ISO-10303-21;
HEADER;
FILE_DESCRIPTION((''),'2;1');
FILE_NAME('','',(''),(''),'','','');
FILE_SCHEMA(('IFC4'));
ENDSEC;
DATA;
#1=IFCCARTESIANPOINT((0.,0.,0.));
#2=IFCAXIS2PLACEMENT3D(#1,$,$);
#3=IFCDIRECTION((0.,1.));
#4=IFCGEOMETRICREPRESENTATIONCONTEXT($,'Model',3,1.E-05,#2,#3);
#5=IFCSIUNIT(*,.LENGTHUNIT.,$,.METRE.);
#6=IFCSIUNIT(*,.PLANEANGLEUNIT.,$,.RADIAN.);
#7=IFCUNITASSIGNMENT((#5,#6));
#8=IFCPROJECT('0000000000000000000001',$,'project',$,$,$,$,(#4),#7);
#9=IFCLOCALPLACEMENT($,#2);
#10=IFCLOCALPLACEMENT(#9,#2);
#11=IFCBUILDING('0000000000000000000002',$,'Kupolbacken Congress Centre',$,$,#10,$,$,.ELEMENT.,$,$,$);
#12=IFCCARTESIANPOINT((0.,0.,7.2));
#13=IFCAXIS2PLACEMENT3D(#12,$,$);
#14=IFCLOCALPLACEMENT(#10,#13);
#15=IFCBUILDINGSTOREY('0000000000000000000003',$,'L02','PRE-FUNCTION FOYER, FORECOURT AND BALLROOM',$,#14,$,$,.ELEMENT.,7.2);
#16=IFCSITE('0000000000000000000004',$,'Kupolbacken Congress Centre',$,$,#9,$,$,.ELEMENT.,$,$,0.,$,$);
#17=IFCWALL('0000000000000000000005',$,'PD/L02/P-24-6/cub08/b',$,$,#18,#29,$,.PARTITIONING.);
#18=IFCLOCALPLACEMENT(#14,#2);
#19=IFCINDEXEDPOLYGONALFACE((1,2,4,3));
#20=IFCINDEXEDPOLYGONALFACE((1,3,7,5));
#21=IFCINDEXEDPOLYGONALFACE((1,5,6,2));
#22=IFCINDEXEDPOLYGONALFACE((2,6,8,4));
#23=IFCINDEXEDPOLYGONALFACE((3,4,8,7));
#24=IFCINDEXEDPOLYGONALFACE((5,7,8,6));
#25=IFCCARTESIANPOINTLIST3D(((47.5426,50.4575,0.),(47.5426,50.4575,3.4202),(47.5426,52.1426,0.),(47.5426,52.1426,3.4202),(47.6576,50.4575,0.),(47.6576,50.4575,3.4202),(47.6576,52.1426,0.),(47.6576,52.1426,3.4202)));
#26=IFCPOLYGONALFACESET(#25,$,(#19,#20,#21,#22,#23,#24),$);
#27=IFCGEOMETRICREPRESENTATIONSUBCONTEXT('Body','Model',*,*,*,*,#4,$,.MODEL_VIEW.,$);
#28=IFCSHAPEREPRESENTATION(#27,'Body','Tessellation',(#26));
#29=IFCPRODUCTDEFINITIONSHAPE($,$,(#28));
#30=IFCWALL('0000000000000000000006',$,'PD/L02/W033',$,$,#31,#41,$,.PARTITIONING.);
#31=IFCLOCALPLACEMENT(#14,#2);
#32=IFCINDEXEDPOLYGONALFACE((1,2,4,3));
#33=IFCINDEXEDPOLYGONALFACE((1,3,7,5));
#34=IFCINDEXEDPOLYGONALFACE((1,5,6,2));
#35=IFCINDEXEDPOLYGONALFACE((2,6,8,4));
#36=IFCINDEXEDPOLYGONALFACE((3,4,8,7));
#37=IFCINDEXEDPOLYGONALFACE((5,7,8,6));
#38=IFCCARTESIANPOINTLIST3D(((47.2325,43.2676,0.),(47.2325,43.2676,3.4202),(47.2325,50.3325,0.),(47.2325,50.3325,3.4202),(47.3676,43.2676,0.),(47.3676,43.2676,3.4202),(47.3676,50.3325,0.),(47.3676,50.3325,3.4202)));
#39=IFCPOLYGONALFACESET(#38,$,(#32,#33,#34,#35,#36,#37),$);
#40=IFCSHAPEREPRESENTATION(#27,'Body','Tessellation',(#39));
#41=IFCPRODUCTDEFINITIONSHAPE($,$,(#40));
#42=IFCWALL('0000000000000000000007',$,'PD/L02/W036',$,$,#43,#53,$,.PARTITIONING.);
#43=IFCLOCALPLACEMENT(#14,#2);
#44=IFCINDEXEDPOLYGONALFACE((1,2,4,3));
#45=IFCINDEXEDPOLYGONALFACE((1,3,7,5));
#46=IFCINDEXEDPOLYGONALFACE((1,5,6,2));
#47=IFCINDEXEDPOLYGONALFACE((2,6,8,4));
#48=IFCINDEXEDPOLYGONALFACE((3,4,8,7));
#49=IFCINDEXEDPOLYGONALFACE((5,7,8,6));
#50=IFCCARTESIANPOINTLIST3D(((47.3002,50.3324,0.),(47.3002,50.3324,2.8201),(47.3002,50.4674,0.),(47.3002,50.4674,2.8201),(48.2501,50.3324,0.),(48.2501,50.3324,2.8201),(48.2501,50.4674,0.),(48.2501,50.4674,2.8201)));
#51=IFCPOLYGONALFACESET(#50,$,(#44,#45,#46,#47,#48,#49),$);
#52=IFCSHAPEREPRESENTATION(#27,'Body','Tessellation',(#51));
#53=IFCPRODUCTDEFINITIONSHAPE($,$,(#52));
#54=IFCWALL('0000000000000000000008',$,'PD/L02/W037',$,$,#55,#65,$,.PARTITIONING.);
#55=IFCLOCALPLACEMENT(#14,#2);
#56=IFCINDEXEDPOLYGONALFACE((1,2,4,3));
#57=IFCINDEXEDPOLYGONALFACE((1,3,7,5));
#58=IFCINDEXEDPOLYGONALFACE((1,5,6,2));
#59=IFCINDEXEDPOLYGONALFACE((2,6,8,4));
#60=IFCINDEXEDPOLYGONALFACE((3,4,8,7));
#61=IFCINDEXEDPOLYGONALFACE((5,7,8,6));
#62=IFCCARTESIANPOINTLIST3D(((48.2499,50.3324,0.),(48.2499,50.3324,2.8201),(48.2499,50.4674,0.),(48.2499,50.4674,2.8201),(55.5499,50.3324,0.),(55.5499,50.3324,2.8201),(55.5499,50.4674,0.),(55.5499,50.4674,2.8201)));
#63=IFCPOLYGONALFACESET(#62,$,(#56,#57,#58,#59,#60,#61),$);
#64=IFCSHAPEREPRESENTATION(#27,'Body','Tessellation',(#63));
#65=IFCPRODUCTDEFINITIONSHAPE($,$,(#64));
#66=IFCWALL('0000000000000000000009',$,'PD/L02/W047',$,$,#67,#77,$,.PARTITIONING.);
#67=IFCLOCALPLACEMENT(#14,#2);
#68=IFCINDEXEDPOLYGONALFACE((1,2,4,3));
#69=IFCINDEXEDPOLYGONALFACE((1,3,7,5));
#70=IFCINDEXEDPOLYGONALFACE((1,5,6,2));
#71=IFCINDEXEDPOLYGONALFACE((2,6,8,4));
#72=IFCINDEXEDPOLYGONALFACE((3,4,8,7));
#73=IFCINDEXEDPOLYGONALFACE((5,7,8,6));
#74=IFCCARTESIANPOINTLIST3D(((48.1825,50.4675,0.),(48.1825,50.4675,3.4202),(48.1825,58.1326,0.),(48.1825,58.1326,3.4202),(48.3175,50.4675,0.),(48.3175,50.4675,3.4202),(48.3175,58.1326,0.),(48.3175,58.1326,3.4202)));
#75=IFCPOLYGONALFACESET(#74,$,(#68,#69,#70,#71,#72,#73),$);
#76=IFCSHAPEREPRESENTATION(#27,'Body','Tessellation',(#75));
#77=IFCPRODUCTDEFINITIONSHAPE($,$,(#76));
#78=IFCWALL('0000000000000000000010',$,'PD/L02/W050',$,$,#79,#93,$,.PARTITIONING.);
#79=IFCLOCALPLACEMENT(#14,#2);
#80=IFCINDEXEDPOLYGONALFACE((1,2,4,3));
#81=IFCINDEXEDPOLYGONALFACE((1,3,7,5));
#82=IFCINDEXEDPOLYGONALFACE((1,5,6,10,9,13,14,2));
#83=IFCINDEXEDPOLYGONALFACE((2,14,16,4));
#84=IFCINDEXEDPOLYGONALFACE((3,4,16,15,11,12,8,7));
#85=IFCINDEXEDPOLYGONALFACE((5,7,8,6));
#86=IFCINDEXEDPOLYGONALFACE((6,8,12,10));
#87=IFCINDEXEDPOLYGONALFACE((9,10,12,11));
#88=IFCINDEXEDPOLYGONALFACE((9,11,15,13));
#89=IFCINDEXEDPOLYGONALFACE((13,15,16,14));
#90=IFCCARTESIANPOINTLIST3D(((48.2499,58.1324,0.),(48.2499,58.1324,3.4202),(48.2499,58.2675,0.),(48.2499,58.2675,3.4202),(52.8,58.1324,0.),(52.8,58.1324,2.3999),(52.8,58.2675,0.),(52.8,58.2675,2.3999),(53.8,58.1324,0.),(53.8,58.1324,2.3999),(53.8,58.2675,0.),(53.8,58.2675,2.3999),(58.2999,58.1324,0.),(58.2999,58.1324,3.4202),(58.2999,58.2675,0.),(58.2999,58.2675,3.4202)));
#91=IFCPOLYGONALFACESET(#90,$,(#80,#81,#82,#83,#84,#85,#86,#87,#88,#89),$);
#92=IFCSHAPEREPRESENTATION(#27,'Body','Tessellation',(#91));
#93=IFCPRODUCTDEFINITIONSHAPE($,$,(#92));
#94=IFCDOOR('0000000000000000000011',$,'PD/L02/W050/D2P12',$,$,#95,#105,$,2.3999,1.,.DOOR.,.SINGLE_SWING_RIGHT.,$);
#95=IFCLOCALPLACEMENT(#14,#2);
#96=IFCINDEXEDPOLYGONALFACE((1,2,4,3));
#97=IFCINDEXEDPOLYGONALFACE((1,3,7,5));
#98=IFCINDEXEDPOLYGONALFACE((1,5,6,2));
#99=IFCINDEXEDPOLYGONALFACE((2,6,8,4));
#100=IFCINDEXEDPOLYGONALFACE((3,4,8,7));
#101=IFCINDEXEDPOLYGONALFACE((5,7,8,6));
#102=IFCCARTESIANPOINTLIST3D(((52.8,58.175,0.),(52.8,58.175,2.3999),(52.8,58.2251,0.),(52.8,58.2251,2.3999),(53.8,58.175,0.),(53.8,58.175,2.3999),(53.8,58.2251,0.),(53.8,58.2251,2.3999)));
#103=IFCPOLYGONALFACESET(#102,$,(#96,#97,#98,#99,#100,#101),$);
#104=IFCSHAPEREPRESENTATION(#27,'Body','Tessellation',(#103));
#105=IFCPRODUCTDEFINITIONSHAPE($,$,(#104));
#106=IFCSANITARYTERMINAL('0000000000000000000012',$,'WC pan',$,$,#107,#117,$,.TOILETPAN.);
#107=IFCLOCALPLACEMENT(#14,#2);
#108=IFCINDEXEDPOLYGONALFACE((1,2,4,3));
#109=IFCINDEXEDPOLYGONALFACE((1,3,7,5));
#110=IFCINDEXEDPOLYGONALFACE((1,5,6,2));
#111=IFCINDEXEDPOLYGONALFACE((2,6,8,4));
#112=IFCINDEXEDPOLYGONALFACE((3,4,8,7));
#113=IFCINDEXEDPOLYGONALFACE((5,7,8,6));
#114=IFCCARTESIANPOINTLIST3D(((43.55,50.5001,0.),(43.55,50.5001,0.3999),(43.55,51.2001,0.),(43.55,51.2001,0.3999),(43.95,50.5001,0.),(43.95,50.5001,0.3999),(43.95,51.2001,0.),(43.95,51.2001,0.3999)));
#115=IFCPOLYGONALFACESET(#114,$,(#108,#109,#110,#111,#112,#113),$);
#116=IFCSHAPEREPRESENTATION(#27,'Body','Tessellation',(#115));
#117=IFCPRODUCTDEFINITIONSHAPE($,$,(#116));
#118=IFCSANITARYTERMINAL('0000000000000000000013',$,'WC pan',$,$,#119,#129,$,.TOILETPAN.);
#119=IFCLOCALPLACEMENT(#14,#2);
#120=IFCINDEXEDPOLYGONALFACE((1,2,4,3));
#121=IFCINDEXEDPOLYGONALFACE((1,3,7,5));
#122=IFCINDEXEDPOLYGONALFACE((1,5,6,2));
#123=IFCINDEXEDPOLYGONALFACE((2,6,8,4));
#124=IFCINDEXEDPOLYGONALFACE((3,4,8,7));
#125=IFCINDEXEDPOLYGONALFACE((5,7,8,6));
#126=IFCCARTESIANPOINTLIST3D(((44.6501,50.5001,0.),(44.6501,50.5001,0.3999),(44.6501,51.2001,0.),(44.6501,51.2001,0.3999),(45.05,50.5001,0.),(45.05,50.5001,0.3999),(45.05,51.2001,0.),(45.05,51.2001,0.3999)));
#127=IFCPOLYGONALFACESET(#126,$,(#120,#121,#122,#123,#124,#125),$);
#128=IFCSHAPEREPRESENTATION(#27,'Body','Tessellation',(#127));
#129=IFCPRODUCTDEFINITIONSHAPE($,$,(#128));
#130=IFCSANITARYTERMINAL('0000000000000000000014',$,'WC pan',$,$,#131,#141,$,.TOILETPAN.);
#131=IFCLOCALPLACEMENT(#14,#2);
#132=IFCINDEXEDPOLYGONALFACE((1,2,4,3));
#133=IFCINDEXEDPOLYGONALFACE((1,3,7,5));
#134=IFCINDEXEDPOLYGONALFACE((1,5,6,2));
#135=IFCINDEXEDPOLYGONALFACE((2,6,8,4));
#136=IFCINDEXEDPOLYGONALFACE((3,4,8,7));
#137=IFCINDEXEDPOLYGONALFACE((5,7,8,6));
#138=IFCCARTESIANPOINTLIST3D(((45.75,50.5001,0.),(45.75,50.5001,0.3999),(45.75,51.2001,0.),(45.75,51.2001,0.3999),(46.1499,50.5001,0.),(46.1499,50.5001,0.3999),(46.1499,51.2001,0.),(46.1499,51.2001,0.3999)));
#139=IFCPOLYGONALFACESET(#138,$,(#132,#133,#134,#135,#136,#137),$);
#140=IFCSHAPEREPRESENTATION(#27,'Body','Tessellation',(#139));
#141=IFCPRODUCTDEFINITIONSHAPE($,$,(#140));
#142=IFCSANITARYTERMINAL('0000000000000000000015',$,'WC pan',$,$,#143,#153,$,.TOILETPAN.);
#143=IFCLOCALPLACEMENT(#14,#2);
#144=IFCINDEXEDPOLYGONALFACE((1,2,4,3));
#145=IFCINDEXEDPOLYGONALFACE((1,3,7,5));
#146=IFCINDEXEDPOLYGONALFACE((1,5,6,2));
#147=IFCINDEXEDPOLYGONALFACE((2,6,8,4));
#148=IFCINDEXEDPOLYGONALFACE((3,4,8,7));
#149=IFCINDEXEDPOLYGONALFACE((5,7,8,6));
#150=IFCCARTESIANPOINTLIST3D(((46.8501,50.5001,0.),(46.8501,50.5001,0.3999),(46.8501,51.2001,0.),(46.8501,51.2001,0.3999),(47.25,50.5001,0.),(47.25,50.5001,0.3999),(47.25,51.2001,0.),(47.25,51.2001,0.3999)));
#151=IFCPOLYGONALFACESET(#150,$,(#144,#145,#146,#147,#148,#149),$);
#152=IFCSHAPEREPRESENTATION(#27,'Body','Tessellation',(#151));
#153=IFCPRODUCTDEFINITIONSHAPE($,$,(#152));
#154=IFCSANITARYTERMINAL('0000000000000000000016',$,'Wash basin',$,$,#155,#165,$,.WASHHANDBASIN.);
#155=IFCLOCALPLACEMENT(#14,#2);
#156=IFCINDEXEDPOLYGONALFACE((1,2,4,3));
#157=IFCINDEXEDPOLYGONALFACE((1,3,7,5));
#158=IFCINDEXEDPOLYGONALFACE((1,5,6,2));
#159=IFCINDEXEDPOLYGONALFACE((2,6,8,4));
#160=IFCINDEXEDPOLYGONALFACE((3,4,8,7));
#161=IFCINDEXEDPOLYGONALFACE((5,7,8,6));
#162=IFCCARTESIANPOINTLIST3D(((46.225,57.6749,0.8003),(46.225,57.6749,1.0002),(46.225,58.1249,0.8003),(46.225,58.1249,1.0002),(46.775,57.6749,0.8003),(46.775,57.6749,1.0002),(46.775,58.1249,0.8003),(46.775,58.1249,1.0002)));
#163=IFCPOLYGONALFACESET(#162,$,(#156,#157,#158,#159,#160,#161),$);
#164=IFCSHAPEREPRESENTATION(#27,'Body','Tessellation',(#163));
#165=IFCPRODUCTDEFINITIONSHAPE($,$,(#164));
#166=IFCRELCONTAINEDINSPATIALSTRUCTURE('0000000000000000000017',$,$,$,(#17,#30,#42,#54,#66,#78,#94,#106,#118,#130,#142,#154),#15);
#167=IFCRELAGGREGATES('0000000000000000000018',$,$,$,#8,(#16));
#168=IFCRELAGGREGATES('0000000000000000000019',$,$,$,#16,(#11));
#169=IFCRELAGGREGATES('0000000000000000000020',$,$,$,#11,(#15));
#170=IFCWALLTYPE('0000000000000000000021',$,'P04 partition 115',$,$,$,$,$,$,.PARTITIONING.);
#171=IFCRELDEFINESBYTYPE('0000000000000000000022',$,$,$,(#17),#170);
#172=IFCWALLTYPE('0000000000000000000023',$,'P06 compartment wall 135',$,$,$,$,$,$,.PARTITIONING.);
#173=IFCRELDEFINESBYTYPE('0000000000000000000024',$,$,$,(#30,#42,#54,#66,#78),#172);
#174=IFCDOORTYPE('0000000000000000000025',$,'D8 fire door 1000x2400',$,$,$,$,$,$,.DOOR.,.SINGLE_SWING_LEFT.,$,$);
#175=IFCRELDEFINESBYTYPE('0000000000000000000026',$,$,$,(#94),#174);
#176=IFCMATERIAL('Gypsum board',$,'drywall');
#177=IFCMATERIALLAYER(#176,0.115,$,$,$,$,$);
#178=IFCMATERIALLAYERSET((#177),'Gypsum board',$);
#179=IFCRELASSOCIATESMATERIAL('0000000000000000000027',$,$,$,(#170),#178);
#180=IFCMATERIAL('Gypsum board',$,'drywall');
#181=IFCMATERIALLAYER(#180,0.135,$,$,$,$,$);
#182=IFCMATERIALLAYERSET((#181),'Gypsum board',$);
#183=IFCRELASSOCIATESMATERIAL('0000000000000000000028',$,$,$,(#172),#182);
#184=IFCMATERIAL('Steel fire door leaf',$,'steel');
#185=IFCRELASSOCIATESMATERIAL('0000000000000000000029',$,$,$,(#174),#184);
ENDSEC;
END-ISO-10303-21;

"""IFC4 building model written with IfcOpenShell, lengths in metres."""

from ifc_helpers import new_model, si_unit, direction, frame, frame_2d, origin, origin_2d, place, context, subcontext, project, spatial, rectangle, extrude, material, layer, layer_set, type_object, element, fill, save


model = new_model("IFC4")

# Units and contexts
model_context = context("Model", 3, precision=1e-05, world=origin(), true_north=direction((0.0, 1.0)))
body_context = subcontext(model_context, "Body", "Model", "MODEL_VIEW")
ifc_project = project(units=[si_unit("LENGTHUNIT", "METRE"), si_unit("PLANEANGLEUNIT", "RADIAN")], contexts=[model_context])

# Site, building, storey
site_placement = place(None, origin())
site = spatial("IfcSite", under=ifc_project, at=site_placement, Name="Kupolbacken Congress Centre", CompositionType="ELEMENT", RefElevation=0.0)
building_placement = place(site_placement, origin())
building = spatial("IfcBuilding", under=site, at=building_placement, Name="Kupolbacken Congress Centre", CompositionType="ELEMENT")
storey_placement = place(building_placement, frame((0.0, 0.0, 7.2)))
storey = spatial("IfcBuildingStorey", under=building, at=storey_placement, Name="L02", Description="PRE-FUNCTION FOYER, FORECOURT AND BALLROOM", CompositionType="ELEMENT", Elevation=7.2)

# Shared definitions
ifc_material_1 = material(Name="Gypsum board", Category="drywall")
ifc_layer_1 = layer(ifc_material_1, 0.115)
ifc_layer_set_1 = layer_set([ifc_layer_1], Name="Gypsum board")
wall_type_1 = type_object("IfcWallType", Name="P04 partition 115", PredefinedType="PARTITIONING", material=ifc_layer_set_1)

# Walls
for number, where, z_axis, x_axis, name in (
    (1, (47.6001, 50.4575, 0.0), (0.0, 0.0, 1.0), (0.0, 1.0, 0.0), "PD/L02/P-24-6/cub08/b"),
):
    element("IfcWall", number, at=place(storey_placement, frame(where, z_axis=z_axis, x_axis=x_axis)), inside=storey, type_object=wall_type_1, Name=name, PredefinedType="PARTITIONING", context=body_context, shape_type="SweptSolid", body=[
        extrude(rectangle(XDim=1.6851, YDim=0.115, at=frame_2d((0.8425, 0.0))), origin(), (0.0, 0.0, 1.0), 3.4202),
    ])
ifc_material_2 = material(Name="Gypsum board", Category="drywall")
ifc_layer_2 = layer(ifc_material_2, 0.135)
ifc_layer_set_2 = layer_set([ifc_layer_2], Name="Gypsum board")
wall_type_2 = type_object("IfcWallType", Name="P06 compartment wall 135", PredefinedType="PARTITIONING", material=ifc_layer_set_2)
wall_1_placement = place(storey_placement, frame((47.3, 50.3325, 0.0), z_axis=(0.0, 0.0, 1.0), x_axis=(0.0, -1.0, 0.0)))
element("IfcWall", 2, at=wall_1_placement, inside=storey, type_object=wall_type_2, Name="PD/L02/W033", PredefinedType="PARTITIONING", context=body_context, shape_type="SweptSolid", body=[
    extrude(rectangle(XDim=7.0649, YDim=0.135, at=frame_2d((3.5325, 0.0))), origin(), (0.0, 0.0, 1.0), 3.4202),
])
wall_2_placement = place(storey_placement, frame((47.3, 50.3999, 0.0), z_axis=(0.0, 0.0, 1.0), x_axis=(1.0, 0.0, 0.0)))
element("IfcWall", 3, at=wall_2_placement, inside=storey, type_object=wall_type_2, Name="PD/L02/W036", PredefinedType="PARTITIONING", context=body_context, shape_type="SweptSolid", body=[
    extrude(rectangle(XDim=0.95, YDim=0.135, at=frame_2d((0.4751, 0.0))), origin(), (0.0, 0.0, 1.0), 2.8201),
])
wall_3_placement = place(storey_placement, frame((48.25, 50.3999, 0.0), z_axis=(0.0, 0.0, 1.0), x_axis=(1.0, 0.0, 0.0)))
element("IfcWall", 4, at=wall_3_placement, inside=storey, type_object=wall_type_2, Name="PD/L02/W037", PredefinedType="PARTITIONING", context=body_context, shape_type="SweptSolid", body=[
    extrude(rectangle(XDim=7.3, YDim=0.135, at=frame_2d((3.6499, 0.0))), origin(), (0.0, 0.0, 1.0), 2.8201),
])
wall_4_placement = place(storey_placement, frame((48.25, 58.1326, 0.0), z_axis=(0.0, 0.0, 1.0), x_axis=(0.0, -1.0, 0.0)))
element("IfcWall", 5, at=wall_4_placement, inside=storey, type_object=wall_type_2, Name="PD/L02/W047", PredefinedType="PARTITIONING", context=body_context, shape_type="SweptSolid", body=[
    extrude(rectangle(XDim=7.665, YDim=0.135, at=frame_2d((3.8325, 0.0))), origin(), (0.0, 0.0, 1.0), 3.4202),
])

# Wall, opening, door
wall_5_placement = place(storey_placement, frame((48.25, 58.2, 0.0), z_axis=(0.0, 0.0, 1.0), x_axis=(1.0, 0.0, 0.0)))
wall_5 = element("IfcWall", 6, at=wall_5_placement, inside=storey, type_object=wall_type_2, Name="PD/L02/W050", PredefinedType="PARTITIONING", context=body_context, shape_type="SweptSolid", body=[
    extrude(rectangle(XDim=10.05, YDim=0.135, at=frame_2d((5.0249, 0.0))), origin(), (0.0, 0.0, 1.0), 3.4202),
])
opening_1_placement = place(wall_5_placement, frame((4.55, 0.0, 0.0)))
opening_1 = element("IfcOpeningElement", 7, at=opening_1_placement, cuts=wall_5, PredefinedType="OPENING", context=body_context, shape_type="SweptSolid", body=[
    extrude(rectangle(XDim=1.0, YDim=2.3999, at=frame_2d((0.5, 1.2))), frame((0.0, 0.0774, 0.0), z_axis=(0.0, -1.0, 0.0), x_axis=(1.0, 0.0, 0.0)), (0.0, 0.0, 1.0), 0.155),
])
ifc_material_3 = material(Name="Steel fire door leaf", Category="steel")
door_type_1 = type_object("IfcDoorType", Name="D8 fire door 1000x2400", OperationType="SINGLE_SWING_LEFT", PredefinedType="DOOR", material=ifc_material_3)
door_1_placement = place(opening_1_placement, frame((1.0, 0.0, 0.0), z_axis=(0.0, 0.0, 1.0), x_axis=(-1.0, 0.0, 0.0)))
door_1 = element("IfcDoor", 8, at=door_1_placement, inside=storey, type_object=door_type_1, Name="PD/L02/W050/D2P12", OperationType="SINGLE_SWING_RIGHT", OverallHeight=2.3999, OverallWidth=1.0, PredefinedType="DOOR", context=body_context, shape_type="SweptSolid", body=[
    extrude(rectangle(XDim=1.0, YDim=2.3999, at=frame_2d((0.5, 1.2))), frame((0.0, 0.0249, 0.0), z_axis=(0.0, -1.0, 0.0), x_axis=(1.0, 0.0, 0.0)), (0.0, 0.0, 1.0), 0.05),
])
fill(opening_1, door_1)

# Sanitary terminals
for number, where, z_axis, x_axis, name in (
    (9, (43.75, 50.8501, 0.0), (0.0, 0.0, 1.0), (1.0, 0.0, 0.0), "WC pan"),
    (10, (44.8501, 50.8501, 0.0), (0.0, 0.0, 1.0), (1.0, 0.0, 0.0), "WC pan"),
    (11, (45.95, 50.8501, 0.0), (0.0, 0.0, 1.0), (1.0, 0.0, 0.0), "WC pan"),
    (12, (47.05, 50.8501, 0.0), (0.0, 0.0, 1.0), (1.0, 0.0, 0.0), "WC pan"),
):
    element("IfcSanitaryTerminal", number, at=place(storey_placement, frame(where, z_axis=z_axis, x_axis=x_axis)), inside=storey, Name=name, PredefinedType="TOILETPAN", context=body_context, shape_type="SweptSolid", body=[
        extrude(rectangle(XDim=0.3999, YDim=0.7, at=origin_2d()), origin(), (0.0, 0.0, 1.0), 0.3999),
    ])
sanitary_terminal_placement = place(storey_placement, frame((46.5, 57.8999, 0.8003), z_axis=(0.0, 0.0, 1.0), x_axis=(1.0, 0.0, 0.0)))
element("IfcSanitaryTerminal", 13, at=sanitary_terminal_placement, inside=storey, Name="Wash basin", PredefinedType="WASHHANDBASIN", context=body_context, shape_type="SweptSolid", body=[
    extrude(rectangle(XDim=0.55, YDim=0.45, at=origin_2d()), origin(), (0.0, 0.0, 1.0), 0.2),
])

save(model, "model.ifc")
